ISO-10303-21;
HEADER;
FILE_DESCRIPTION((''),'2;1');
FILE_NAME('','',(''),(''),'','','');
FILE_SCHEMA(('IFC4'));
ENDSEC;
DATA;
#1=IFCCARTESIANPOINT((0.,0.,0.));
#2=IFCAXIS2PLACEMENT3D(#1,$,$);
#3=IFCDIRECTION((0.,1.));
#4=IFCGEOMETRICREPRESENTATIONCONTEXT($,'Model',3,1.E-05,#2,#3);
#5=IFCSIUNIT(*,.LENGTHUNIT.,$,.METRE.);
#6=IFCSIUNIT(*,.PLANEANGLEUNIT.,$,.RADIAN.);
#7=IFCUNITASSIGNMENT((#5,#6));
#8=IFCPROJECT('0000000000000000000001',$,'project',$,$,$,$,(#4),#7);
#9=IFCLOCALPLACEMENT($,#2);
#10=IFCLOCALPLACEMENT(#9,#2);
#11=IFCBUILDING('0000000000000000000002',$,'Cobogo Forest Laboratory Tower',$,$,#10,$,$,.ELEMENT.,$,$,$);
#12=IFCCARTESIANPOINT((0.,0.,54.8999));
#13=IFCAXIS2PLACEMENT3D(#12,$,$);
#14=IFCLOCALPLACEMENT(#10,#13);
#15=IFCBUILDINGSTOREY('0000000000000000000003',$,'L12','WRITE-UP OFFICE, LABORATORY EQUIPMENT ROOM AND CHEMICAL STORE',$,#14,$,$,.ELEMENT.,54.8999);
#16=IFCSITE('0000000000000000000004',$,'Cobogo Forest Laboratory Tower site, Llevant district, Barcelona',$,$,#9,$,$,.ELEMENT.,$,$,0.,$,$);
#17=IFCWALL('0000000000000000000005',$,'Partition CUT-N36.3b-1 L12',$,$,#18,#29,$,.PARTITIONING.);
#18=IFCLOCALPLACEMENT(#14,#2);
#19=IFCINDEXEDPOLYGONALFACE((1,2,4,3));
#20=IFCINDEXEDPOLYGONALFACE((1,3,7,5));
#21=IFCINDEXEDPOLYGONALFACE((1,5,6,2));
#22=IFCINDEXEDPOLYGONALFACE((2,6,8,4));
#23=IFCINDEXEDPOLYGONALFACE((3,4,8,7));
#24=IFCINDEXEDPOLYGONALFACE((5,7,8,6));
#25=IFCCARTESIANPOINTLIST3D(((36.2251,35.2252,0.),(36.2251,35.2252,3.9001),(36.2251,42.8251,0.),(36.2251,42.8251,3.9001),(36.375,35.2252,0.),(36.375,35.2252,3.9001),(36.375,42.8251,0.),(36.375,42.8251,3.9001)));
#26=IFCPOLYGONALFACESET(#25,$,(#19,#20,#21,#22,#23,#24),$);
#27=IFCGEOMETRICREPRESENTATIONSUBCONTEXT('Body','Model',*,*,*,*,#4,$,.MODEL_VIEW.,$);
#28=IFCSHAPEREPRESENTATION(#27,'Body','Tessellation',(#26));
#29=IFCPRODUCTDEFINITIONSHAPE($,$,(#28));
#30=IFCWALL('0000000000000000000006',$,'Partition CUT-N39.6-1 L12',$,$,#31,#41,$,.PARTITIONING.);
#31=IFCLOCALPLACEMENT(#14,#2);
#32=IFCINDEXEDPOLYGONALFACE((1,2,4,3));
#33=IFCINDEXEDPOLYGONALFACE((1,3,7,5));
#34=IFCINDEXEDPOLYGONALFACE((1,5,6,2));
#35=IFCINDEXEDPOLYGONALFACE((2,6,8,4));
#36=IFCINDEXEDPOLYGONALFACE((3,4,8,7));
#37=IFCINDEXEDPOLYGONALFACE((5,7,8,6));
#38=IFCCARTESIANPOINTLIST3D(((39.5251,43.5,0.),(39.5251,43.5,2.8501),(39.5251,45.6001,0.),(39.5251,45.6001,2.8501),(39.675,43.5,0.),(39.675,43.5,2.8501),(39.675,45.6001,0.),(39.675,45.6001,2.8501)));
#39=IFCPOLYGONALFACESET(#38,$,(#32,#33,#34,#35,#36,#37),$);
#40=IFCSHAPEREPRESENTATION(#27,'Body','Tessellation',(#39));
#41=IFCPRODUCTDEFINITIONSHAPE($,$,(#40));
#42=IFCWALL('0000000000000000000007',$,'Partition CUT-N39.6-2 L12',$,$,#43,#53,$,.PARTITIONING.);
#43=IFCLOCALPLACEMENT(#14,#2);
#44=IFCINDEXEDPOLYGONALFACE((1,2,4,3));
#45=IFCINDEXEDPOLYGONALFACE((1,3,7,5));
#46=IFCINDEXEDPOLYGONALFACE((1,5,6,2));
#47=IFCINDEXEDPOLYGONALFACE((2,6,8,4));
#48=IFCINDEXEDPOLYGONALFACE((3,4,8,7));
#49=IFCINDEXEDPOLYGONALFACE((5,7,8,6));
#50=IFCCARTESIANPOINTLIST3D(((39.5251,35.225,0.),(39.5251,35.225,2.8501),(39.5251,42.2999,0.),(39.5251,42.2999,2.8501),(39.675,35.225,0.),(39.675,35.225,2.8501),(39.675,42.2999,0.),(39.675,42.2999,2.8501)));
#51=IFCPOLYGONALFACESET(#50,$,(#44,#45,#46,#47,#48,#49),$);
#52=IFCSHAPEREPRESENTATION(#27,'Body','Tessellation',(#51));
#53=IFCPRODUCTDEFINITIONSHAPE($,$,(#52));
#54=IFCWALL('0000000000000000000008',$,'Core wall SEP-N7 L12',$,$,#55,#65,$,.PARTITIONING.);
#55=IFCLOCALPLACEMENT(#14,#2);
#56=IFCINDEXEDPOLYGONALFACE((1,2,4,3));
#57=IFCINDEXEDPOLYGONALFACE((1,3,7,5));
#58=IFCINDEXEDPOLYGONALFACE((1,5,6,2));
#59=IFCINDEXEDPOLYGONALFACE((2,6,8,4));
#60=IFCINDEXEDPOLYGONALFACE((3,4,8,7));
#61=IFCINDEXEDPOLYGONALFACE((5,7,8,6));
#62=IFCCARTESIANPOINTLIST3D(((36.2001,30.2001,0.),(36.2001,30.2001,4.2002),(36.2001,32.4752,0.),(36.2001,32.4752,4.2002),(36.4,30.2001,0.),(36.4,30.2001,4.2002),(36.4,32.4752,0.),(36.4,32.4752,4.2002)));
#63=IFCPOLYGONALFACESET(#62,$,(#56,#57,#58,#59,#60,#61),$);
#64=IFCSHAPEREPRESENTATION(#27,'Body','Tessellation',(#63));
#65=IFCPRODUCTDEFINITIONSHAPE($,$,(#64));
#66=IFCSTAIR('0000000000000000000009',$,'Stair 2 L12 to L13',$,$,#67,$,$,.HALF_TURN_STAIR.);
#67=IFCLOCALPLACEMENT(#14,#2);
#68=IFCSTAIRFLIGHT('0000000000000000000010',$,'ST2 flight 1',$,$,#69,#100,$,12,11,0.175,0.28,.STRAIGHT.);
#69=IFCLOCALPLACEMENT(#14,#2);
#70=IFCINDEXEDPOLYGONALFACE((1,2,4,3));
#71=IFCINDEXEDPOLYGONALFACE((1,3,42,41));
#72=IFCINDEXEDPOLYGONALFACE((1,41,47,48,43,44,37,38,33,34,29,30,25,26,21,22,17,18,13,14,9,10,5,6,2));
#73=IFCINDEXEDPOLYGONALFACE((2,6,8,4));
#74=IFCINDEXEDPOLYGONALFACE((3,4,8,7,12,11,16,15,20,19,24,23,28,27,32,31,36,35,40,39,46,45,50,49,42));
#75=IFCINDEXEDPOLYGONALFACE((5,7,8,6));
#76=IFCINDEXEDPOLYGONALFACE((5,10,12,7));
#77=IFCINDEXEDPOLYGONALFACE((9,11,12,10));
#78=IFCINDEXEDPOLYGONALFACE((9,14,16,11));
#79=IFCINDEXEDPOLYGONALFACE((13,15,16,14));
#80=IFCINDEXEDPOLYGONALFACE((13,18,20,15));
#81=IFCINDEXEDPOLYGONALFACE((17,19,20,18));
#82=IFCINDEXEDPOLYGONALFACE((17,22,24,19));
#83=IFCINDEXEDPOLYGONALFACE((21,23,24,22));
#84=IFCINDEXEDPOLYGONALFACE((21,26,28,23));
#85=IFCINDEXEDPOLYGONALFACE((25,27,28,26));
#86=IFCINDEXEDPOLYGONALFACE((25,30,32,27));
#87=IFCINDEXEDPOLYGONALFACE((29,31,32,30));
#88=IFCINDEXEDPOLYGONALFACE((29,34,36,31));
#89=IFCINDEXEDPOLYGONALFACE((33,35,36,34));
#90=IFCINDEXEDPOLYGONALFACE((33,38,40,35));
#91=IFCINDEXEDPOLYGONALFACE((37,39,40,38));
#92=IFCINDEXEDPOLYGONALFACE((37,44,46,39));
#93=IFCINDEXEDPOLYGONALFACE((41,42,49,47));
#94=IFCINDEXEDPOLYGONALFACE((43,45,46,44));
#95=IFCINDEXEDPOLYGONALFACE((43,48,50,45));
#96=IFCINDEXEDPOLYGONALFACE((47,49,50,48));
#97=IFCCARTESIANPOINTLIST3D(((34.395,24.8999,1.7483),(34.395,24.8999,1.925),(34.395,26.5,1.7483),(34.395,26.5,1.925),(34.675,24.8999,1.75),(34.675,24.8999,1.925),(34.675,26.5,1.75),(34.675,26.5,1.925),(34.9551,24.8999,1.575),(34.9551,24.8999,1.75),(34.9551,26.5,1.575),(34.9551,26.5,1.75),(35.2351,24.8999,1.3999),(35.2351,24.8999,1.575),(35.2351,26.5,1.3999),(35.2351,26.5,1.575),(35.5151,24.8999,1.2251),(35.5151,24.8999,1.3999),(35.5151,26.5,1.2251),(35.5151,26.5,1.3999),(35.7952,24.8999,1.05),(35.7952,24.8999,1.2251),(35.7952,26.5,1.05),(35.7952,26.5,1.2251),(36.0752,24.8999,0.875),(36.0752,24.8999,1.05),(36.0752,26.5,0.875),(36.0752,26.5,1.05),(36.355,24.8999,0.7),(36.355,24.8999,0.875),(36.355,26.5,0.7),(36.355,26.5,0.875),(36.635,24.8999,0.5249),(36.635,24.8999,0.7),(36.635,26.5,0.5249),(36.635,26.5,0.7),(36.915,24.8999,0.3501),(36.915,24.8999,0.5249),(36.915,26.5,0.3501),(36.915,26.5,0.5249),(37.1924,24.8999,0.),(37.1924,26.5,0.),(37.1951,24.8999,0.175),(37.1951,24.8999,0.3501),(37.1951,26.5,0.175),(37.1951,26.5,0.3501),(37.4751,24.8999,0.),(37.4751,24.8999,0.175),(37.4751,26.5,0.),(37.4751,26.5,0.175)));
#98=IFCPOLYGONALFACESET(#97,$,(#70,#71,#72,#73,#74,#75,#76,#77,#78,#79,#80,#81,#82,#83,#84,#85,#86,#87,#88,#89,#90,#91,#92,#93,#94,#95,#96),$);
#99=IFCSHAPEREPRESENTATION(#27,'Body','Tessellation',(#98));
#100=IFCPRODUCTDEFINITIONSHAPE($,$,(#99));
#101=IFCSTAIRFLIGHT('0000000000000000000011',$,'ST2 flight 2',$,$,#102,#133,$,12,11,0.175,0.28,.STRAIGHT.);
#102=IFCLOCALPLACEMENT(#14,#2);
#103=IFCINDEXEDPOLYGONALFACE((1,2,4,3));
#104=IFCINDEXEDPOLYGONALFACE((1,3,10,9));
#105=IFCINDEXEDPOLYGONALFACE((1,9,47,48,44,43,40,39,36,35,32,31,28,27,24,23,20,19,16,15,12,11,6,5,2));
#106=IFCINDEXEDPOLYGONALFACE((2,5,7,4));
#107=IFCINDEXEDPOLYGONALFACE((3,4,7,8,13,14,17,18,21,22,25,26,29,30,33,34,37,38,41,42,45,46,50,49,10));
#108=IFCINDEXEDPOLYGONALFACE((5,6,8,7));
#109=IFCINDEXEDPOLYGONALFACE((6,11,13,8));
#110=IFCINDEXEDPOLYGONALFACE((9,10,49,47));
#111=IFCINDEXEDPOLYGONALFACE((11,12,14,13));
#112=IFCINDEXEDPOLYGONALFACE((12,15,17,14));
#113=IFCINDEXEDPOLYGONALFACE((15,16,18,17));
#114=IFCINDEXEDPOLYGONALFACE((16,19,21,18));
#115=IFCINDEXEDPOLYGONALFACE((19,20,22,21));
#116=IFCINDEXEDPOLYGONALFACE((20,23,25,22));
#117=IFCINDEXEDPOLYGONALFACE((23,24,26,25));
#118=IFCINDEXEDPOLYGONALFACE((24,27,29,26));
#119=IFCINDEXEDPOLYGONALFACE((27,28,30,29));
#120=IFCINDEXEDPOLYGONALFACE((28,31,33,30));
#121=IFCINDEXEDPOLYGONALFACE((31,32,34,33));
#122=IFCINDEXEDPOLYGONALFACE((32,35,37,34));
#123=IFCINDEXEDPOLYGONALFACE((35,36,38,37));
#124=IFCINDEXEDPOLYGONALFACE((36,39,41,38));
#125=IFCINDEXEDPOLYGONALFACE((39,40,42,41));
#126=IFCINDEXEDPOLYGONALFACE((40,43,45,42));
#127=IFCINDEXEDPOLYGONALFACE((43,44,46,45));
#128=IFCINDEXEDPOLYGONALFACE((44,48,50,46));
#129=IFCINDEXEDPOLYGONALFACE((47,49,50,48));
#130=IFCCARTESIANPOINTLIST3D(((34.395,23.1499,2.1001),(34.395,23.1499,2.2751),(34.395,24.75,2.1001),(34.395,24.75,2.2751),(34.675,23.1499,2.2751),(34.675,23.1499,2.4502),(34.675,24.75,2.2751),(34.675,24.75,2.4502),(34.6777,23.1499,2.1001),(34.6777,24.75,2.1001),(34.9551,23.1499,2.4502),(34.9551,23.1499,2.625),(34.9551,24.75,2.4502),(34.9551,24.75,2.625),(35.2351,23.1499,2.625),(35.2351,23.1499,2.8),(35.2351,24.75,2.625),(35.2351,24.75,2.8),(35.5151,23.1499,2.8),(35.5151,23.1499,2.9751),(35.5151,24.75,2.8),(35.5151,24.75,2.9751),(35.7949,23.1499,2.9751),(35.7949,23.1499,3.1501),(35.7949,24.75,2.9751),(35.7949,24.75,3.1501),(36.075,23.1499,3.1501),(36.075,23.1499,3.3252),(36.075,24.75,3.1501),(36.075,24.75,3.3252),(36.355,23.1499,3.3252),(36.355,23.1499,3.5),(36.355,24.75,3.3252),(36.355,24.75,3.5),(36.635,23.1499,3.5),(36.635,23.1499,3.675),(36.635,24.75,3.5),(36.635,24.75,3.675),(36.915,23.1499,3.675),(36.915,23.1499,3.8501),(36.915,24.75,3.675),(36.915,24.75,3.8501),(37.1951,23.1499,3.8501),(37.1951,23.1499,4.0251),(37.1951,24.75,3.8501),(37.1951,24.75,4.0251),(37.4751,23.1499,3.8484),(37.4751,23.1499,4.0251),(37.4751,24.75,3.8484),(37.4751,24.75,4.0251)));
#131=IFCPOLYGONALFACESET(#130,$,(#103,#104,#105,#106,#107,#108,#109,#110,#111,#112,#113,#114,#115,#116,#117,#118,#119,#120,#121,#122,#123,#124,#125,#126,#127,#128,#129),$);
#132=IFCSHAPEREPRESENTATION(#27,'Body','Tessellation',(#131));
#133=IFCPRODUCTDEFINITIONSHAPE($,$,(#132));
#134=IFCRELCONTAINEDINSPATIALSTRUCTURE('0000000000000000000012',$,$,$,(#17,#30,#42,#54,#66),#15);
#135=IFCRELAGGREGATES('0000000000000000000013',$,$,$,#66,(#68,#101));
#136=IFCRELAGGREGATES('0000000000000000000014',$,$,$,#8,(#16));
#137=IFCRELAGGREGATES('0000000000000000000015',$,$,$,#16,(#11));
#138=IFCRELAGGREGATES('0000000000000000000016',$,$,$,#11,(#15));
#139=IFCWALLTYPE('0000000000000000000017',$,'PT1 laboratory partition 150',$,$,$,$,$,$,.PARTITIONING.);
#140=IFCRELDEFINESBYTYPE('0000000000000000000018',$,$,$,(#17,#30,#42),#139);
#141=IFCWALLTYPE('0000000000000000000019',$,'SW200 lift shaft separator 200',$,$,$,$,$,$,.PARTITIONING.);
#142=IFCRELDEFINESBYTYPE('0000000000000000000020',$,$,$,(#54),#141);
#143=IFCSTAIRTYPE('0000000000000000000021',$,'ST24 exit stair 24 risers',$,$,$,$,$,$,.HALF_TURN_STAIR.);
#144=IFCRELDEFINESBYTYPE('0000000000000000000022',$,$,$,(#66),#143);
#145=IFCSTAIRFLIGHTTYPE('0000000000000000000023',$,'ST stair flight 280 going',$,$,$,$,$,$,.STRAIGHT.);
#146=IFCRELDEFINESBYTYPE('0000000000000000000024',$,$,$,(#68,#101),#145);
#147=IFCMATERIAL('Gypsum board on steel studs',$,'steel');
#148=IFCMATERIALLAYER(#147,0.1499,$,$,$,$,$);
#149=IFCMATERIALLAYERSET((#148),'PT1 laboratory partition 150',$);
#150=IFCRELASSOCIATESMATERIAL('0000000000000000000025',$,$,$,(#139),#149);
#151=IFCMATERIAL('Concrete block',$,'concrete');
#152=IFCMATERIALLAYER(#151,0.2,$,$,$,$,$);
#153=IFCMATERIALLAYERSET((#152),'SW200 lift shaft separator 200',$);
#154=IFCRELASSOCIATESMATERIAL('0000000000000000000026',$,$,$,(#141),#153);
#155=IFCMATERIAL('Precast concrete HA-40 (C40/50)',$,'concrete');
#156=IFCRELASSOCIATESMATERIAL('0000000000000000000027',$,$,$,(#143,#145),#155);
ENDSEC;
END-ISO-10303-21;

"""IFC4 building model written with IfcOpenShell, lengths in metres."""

from ifc_helpers import new_model, si_unit, direction, frame, frame_2d, origin, place, context, subcontext, project, spatial, polyline, rectangle, outline, extrude, material, layer, layer_set, type_object, element, aggregate, save


model = new_model("IFC4")

# Units and contexts
model_context = context("Model", 3, precision=1e-05, world=origin(), true_north=direction((0.0, 1.0)))
body_context = subcontext(model_context, "Body", "Model", "MODEL_VIEW")
ifc_project = project(units=[si_unit("LENGTHUNIT", "METRE"), si_unit("PLANEANGLEUNIT", "RADIAN")], contexts=[model_context])

# Site, building, storey
site_placement = place(None, origin())
site = spatial("IfcSite", under=ifc_project, at=site_placement, Name="Cobogo Forest Laboratory Tower site, Llevant district, Barcelona", CompositionType="ELEMENT", RefElevation=0.0)
building_placement = place(site_placement, origin())
building = spatial("IfcBuilding", under=site, at=building_placement, Name="Cobogo Forest Laboratory Tower", CompositionType="ELEMENT")
storey_placement = place(building_placement, frame((0.0, 0.0, 54.8999)))
storey = spatial("IfcBuildingStorey", under=building, at=storey_placement, Name="L12", Description="WRITE-UP OFFICE, LABORATORY EQUIPMENT ROOM AND CHEMICAL STORE", CompositionType="ELEMENT", Elevation=54.8999)

# Shared definitions
ifc_material_1 = material(Name="Gypsum board on steel studs", Category="steel")
ifc_layer_1 = layer(ifc_material_1, 0.1499)
ifc_layer_set_1 = layer_set([ifc_layer_1], Name="PT1 laboratory partition 150")
wall_type_1 = type_object("IfcWallType", Name="PT1 laboratory partition 150", PredefinedType="PARTITIONING", material=ifc_layer_set_1)

# Walls
wall_1_placement = place(storey_placement, frame((36.3, 42.825, 0.0), z_axis=(0.0, 0.0, 1.0), x_axis=(0.0, -1.0, 0.0)))
element("IfcWall", 1, at=wall_1_placement, inside=storey, type_object=wall_type_1, Name="Partition CUT-N36.3b-1 L12", PredefinedType="PARTITIONING", context=body_context, shape_type="SweptSolid", body=[
    extrude(rectangle(XDim=7.5999, YDim=0.1499, at=frame_2d((3.7998, 0.0))), origin(), (0.0, 0.0, 1.0), 3.9001),
])
wall_2_placement = place(storey_placement, frame((39.6001, 45.6001, 0.0), z_axis=(0.0, 0.0, 1.0), x_axis=(0.0, -1.0, 0.0)))
element("IfcWall", 2, at=wall_2_placement, inside=storey, type_object=wall_type_1, Name="Partition CUT-N39.6-1 L12", PredefinedType="PARTITIONING", context=body_context, shape_type="SweptSolid", body=[
    extrude(rectangle(XDim=2.1001, YDim=0.1499, at=frame_2d((1.05, 0.0))), origin(), (0.0, 0.0, 1.0), 2.8501),
])
wall_3_placement = place(storey_placement, frame((39.6001, 42.3, 0.0), z_axis=(0.0, 0.0, 1.0), x_axis=(0.0, -1.0, 0.0)))
element("IfcWall", 3, at=wall_3_placement, inside=storey, type_object=wall_type_1, Name="Partition CUT-N39.6-2 L12", PredefinedType="PARTITIONING", context=body_context, shape_type="SweptSolid", body=[
    extrude(rectangle(XDim=7.075, YDim=0.1499, at=frame_2d((3.5376, 0.0))), origin(), (0.0, 0.0, 1.0), 2.8501),
])
ifc_material_2 = material(Name="Concrete block", Category="concrete")
ifc_layer_2 = layer(ifc_material_2, 0.2)
ifc_layer_set_2 = layer_set([ifc_layer_2], Name="SW200 lift shaft separator 200")
wall_type_2 = type_object("IfcWallType", Name="SW200 lift shaft separator 200", PredefinedType="PARTITIONING", material=ifc_layer_set_2)
wall_4_placement = place(storey_placement, frame((36.3, 30.2, 0.0), z_axis=(0.0, 0.0, 1.0), x_axis=(0.0, 1.0, 0.0)))
element("IfcWall", 4, at=wall_4_placement, inside=storey, type_object=wall_type_2, Name="Core wall SEP-N7 L12", PredefinedType="PARTITIONING", context=body_context, shape_type="SweptSolid", body=[
    extrude(rectangle(XDim=2.2751, YDim=0.2, at=frame_2d((1.1377, 0.0))), origin(), (0.0, 0.0, 1.0), 4.2002),
])

# Stair, stair flights
ifc_material_3 = material(Name="Precast concrete HA-40 (C40/50)", Category="concrete")
stair_type = type_object("IfcStairType", Name="ST24 exit stair 24 risers", PredefinedType="HALF_TURN_STAIR", material=ifc_material_3)
stair_placement = place(storey_placement, origin())
stair = element("IfcStair", 5, at=stair_placement, inside=storey, type_object=stair_type, Name="Stair 2 L12 to L13", PredefinedType="HALF_TURN_STAIR")
stair_flight_type = type_object("IfcStairFlightType", Name="ST stair flight 280 going", PredefinedType="STRAIGHT", material=ifc_material_3)
stair_flight_1_placement = place(storey_placement, frame((37.4751, 25.7, 0.0), z_axis=(0.0, 0.0, 1.0), x_axis=(-1.0, 0.0, 0.0)))
stair_flight_1 = element("IfcStairFlight", 6, at=stair_flight_1_placement, type_object=stair_flight_type, Name="ST2 flight 1", NumberOfRisers=12, NumberOfTreads=11, PredefinedType="STRAIGHT", RiserHeight=0.175, TreadLength=0.28, context=body_context, shape_type="SweptSolid", body=[
    extrude(outline(polyline([(0.0, 0.0), (0.0, 0.175), (0.28, 0.175), (0.28, 0.3501), (0.5601, 0.3501), (0.5601, 0.5249), (0.8401, 0.5249), (0.8401, 0.7), (1.1201, 0.7), (1.1201, 0.875), (1.3999, 0.875), (1.3999, 1.05), (1.6799, 1.05), (1.6799, 1.2251), (1.96, 1.2251), (1.96, 1.3999), (2.24, 1.3999), (2.24, 1.575), (2.52, 1.575), (2.52, 1.75), (2.8, 1.75), (2.8, 1.925), (3.0801, 1.925), (3.0801, 2.1001), (3.0801, 1.7483), (0.2827, 0.0), (0.0, 0.0)])), frame((0.0, 0.8, 0.0), z_axis=(0.0, -1.0, 0.0), x_axis=(1.0, 0.0, 0.0)), (0.0, 0.0, 1.0), 1.6001),
])
stair_flight_2_placement = place(storey_placement, frame((34.395, 23.95, 2.1001), z_axis=(0.0, 0.0, 1.0), x_axis=(1.0, 0.0, 0.0)))
stair_flight_2 = element("IfcStairFlight", 7, at=stair_flight_2_placement, type_object=stair_flight_type, Name="ST2 flight 2", NumberOfRisers=12, NumberOfTreads=11, PredefinedType="STRAIGHT", RiserHeight=0.175, TreadLength=0.28, context=body_context, shape_type="SweptSolid", body=[
    extrude(outline(polyline([(0.0, 0.0), (0.0, 0.175), (0.28, 0.175), (0.28, 0.3501), (0.5601, 0.3501), (0.5601, 0.5249), (0.8401, 0.5249), (0.8401, 0.7), (1.1201, 0.7), (1.1201, 0.875), (1.3999, 0.875), (1.3999, 1.05), (1.6799, 1.05), (1.6799, 1.2251), (1.96, 1.2251), (1.96, 1.3999), (2.24, 1.3999), (2.24, 1.575), (2.52, 1.575), (2.52, 1.75), (2.8, 1.75), (2.8, 1.925), (3.0801, 1.925), (3.0801, 2.1001), (3.0801, 1.7483), (0.2827, 0.0), (0.0, 0.0)])), frame((0.0, 0.8, 0.0), z_axis=(0.0, -1.0, 0.0), x_axis=(1.0, 0.0, 0.0)), (0.0, 0.0, 1.0), 1.6001),
])
aggregate(stair, [stair_flight_1, stair_flight_2])

save(model, "model.ifc")
